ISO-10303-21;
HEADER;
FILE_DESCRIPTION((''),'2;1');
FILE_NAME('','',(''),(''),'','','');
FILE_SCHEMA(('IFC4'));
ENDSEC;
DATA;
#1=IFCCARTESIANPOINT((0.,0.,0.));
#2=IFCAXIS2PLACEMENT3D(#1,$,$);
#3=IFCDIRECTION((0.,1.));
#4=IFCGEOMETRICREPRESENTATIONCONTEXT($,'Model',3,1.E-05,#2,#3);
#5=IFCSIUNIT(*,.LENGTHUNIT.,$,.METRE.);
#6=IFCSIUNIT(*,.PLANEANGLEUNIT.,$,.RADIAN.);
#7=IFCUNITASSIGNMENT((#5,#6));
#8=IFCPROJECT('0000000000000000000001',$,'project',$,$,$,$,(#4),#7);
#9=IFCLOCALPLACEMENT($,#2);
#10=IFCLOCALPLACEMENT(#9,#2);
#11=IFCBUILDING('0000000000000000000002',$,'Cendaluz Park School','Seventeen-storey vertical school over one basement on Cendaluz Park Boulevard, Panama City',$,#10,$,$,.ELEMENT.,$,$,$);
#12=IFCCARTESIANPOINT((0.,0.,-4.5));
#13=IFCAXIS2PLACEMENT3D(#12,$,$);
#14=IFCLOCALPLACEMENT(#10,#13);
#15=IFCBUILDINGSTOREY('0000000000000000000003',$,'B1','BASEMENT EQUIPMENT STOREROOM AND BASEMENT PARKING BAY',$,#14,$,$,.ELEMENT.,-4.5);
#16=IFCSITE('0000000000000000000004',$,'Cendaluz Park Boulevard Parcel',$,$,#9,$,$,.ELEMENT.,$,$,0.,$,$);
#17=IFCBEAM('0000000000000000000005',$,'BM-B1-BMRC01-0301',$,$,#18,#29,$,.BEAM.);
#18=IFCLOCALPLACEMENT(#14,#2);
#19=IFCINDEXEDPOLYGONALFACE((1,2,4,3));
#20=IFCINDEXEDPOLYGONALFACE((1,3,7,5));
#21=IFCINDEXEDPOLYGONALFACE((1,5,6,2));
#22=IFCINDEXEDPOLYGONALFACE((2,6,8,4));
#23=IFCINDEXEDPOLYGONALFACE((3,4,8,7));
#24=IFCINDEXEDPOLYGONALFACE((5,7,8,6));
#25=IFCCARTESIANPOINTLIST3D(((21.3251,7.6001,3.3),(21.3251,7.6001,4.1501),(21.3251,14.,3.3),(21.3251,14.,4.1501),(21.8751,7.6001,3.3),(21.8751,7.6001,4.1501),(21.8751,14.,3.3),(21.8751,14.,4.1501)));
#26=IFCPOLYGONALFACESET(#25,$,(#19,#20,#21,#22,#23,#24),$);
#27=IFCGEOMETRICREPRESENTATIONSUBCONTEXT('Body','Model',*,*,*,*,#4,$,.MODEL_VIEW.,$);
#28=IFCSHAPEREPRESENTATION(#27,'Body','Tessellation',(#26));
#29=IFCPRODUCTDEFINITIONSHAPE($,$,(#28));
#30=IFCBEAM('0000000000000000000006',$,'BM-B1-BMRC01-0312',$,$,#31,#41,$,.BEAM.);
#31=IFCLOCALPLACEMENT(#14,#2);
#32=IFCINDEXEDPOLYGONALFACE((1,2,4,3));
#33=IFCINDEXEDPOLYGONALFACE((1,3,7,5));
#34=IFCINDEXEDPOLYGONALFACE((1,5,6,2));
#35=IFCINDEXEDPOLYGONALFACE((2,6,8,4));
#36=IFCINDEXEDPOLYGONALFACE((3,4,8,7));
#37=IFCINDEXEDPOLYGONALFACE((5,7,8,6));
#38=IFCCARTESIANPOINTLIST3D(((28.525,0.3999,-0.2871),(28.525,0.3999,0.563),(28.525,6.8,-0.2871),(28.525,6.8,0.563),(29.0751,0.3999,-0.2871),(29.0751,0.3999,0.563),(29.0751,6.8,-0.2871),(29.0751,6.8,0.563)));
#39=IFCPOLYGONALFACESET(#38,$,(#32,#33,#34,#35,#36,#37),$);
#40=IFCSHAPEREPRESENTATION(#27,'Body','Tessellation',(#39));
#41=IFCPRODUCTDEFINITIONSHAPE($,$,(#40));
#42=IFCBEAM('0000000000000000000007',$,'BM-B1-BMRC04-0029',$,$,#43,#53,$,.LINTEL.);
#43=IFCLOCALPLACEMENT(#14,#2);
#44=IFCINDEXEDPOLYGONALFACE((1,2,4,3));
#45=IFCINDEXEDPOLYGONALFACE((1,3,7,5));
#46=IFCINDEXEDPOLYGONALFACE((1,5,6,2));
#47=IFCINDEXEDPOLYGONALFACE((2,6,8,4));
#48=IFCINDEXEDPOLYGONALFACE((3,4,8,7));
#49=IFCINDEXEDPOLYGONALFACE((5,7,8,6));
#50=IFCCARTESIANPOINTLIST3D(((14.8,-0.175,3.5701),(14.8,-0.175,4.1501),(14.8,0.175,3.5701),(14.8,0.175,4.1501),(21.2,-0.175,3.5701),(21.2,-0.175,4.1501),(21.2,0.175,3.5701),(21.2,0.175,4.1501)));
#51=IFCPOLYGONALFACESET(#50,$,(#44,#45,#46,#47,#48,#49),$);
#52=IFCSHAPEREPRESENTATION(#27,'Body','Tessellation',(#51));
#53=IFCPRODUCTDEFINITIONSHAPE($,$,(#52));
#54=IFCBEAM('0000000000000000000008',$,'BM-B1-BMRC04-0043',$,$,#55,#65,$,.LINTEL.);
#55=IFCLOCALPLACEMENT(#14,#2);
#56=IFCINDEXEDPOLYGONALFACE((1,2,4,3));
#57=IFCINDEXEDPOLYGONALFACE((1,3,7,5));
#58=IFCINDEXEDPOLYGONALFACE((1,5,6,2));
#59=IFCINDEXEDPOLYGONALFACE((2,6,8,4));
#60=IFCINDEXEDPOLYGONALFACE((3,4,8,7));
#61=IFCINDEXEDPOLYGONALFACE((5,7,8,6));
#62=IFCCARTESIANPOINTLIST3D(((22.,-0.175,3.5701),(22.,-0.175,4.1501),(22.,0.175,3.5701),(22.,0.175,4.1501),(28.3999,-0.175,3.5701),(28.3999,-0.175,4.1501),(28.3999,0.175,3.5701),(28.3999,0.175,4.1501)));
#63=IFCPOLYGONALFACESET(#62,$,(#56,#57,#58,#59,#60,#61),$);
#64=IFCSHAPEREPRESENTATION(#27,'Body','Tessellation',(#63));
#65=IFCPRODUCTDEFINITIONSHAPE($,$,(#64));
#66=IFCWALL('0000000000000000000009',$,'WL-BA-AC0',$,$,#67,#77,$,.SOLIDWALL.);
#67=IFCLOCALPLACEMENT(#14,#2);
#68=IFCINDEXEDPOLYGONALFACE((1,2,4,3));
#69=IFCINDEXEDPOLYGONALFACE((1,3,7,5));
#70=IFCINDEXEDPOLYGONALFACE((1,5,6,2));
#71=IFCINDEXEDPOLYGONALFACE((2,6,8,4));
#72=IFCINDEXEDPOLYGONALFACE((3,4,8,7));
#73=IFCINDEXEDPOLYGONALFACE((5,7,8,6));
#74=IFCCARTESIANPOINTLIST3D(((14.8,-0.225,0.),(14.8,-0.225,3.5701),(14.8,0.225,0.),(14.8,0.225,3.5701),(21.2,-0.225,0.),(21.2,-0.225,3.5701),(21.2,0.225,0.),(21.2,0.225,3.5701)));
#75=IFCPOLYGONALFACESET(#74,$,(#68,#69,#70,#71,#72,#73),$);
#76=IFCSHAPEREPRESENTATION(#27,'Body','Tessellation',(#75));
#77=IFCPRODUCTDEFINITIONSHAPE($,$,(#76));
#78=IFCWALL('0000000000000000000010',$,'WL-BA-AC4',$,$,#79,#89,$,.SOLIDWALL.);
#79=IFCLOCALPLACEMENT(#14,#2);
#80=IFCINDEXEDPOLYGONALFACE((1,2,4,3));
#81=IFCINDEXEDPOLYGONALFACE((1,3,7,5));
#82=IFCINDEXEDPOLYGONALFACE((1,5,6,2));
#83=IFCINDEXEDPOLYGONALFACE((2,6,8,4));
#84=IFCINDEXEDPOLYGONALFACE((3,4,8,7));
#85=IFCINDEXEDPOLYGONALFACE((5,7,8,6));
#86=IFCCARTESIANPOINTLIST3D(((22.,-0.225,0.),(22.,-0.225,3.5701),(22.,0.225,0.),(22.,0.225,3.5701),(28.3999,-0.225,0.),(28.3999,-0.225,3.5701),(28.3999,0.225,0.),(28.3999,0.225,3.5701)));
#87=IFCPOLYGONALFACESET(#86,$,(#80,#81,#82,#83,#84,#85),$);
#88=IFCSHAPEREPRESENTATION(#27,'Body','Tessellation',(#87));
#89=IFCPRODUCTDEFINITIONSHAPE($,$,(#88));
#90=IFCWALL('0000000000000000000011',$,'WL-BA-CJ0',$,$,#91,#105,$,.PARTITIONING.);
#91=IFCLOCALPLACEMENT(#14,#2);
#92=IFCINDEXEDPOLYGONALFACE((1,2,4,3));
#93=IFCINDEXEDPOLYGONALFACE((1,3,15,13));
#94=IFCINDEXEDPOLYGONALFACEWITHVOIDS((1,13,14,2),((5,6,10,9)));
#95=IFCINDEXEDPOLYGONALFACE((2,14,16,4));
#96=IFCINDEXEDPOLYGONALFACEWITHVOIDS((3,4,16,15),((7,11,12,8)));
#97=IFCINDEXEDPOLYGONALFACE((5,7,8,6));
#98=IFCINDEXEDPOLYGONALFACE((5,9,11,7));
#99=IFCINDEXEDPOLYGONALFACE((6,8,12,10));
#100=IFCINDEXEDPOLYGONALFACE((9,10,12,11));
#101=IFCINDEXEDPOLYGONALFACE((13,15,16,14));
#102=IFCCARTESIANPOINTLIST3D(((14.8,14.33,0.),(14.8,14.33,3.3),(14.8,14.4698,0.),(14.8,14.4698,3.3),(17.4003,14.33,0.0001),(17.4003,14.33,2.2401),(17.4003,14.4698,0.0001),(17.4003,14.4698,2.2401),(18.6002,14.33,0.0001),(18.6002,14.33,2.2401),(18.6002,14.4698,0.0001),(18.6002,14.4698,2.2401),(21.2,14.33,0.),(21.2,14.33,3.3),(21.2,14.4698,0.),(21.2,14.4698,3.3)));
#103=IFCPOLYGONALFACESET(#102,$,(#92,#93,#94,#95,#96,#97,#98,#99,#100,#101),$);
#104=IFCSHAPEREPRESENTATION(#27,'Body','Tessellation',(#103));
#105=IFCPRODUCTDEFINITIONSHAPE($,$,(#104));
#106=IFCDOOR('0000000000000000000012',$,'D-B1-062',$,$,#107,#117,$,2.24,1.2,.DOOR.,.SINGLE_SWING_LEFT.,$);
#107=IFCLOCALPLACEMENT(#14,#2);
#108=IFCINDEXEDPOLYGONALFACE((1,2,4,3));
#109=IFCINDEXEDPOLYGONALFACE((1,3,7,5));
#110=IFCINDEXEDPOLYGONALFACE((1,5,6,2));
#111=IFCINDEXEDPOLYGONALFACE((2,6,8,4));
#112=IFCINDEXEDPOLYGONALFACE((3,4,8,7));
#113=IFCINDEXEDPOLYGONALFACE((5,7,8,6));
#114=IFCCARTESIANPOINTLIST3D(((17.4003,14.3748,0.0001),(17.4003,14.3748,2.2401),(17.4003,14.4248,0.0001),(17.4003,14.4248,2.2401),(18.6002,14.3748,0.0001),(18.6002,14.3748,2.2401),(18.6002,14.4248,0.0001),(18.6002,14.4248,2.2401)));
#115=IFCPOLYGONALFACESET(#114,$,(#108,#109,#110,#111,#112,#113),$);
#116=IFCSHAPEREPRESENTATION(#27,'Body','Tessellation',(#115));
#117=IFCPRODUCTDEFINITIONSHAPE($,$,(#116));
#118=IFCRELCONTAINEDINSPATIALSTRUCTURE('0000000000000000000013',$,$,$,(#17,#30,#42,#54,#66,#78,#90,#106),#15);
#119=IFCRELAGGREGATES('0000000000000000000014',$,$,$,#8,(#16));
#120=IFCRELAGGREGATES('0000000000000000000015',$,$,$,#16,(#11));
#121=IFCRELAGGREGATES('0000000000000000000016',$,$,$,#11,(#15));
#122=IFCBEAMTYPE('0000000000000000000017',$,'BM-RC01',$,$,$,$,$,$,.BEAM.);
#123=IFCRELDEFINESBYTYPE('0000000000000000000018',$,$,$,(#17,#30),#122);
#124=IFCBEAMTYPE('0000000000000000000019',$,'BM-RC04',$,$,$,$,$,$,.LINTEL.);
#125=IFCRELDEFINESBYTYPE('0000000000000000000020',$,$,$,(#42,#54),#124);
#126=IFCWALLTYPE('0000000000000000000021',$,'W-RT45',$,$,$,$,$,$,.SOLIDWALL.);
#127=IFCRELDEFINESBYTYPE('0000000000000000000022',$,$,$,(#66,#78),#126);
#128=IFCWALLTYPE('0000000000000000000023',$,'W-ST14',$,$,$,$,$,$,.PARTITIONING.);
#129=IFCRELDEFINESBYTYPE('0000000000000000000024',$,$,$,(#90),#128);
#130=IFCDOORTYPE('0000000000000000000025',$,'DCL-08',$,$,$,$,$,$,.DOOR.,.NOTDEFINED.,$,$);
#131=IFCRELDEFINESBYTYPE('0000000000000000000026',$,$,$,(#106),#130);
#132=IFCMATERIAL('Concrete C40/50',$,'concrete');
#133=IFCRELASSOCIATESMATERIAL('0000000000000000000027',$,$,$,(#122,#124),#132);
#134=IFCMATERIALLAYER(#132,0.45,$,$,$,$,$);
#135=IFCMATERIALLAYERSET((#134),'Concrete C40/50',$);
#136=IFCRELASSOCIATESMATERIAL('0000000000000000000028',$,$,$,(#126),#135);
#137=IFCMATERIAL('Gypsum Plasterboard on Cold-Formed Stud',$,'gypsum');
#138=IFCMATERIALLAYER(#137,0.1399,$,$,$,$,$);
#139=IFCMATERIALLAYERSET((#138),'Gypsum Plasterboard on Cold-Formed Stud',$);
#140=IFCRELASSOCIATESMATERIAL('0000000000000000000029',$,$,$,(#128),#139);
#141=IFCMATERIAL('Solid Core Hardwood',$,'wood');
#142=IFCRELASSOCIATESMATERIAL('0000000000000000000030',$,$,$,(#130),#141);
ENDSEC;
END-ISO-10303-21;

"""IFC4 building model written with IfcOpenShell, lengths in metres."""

from ifc_helpers import new_model, si_unit, direction, frame, frame_2d, origin, origin_2d, place, context, subcontext, project, spatial, rectangle, extrude, material, layer, layer_set, material_profile, profile_set, type_object, element, fill, save


model = new_model("IFC4")

# Units and contexts
model_context = context("Model", 3, precision=1e-05, world=origin(), true_north=direction((0.0, 1.0)))
body_context = subcontext(model_context, "Body", "Model", "MODEL_VIEW")
ifc_project = project(units=[si_unit("LENGTHUNIT", "METRE"), si_unit("PLANEANGLEUNIT", "RADIAN")], contexts=[model_context])

# Site, building, storey
site_placement = place(None, origin())
site = spatial("IfcSite", under=ifc_project, at=site_placement, Name="Cendaluz Park Boulevard Parcel", CompositionType="ELEMENT", RefElevation=0.0)
building_placement = place(site_placement, origin())
building = spatial("IfcBuilding", under=site, at=building_placement, Name="Cendaluz Park School", Description="Seventeen-storey vertical school over one basement on Cendaluz Park Boulevard, Panama City", CompositionType="ELEMENT")
storey_placement = place(building_placement, frame((0.0, 0.0, -4.5)))
storey = spatial("IfcBuildingStorey", under=building, at=storey_placement, Name="B1", Description="BASEMENT EQUIPMENT STOREROOM AND BASEMENT PARKING BAY", CompositionType="ELEMENT", Elevation=-4.5)

# Shared definitions
ifc_material_1 = material(Name="Concrete C40/50", Category="concrete")

# Beams
ifc_material_profile_1 = material_profile(ifc_material_1, rectangle(XDim=0.55, YDim=0.8501, at=origin_2d()), Name="RC 550x850", Category="concrete")
ifc_profile_set_1 = profile_set([ifc_material_profile_1], Name="Concrete C40/50")
beam_type_1 = type_object("IfcBeamType", Name="BM-RC01", PredefinedType="BEAM", material=ifc_profile_set_1)
beam_1_placement = place(storey_placement, frame((21.6001, 7.6001, 3.7251), z_axis=(0.0, 1.0, 0.0), x_axis=(-1.0, 0.0, 0.0)))
element("IfcBeam", 1, at=beam_1_placement, inside=storey, type_object=beam_type_1, Name="BM-B1-BMRC01-0301", PredefinedType="BEAM", context=body_context, shape_type="SweptSolid", body=[
    extrude(rectangle(XDim=0.55, YDim=0.8501, at=origin_2d()), origin(), (0.0, 0.0, 1.0), 6.3999),
])
beam_2_placement = place(storey_placement, frame((28.8, 0.3999, 0.1379), z_axis=(0.0, 1.0, 0.0), x_axis=(-1.0, 0.0, 0.0)))
element("IfcBeam", 2, at=beam_2_placement, inside=storey, type_object=beam_type_1, Name="BM-B1-BMRC01-0312", PredefinedType="BEAM", context=body_context, shape_type="SweptSolid", body=[
    extrude(rectangle(XDim=0.55, YDim=0.8501, at=origin_2d()), origin(), (0.0, 0.0, 1.0), 6.4001),
])
ifc_material_profile_2 = material_profile(ifc_material_1, rectangle(XDim=0.3501, YDim=0.5801, at=origin_2d()), Name="RC 350x580", Category="concrete")
ifc_profile_set_2 = profile_set([ifc_material_profile_2], Name="Concrete C40/50")
beam_type_2 = type_object("IfcBeamType", Name="BM-RC04", PredefinedType="LINTEL", material=ifc_profile_set_2)
for number, where, z_axis, x_axis, name in (
    (3, (14.8, 0.0, 3.8601), (1.0, 0.0, 0.0), (0.0, 1.0, 0.0), "BM-B1-BMRC04-0029"),
    (4, (22.0, 0.0, 3.8601), (1.0, 0.0, 0.0), (0.0, 1.0, 0.0), "BM-B1-BMRC04-0043"),
):
    element("IfcBeam", number, at=place(storey_placement, frame(where, z_axis=z_axis, x_axis=x_axis)), inside=storey, type_object=beam_type_2, Name=name, PredefinedType="LINTEL", context=body_context, shape_type="SweptSolid", body=[
        extrude(rectangle(XDim=0.3501, YDim=0.5801, at=origin_2d()), origin(), (0.0, 0.0, 1.0), 6.3999),
    ])

# Walls
ifc_layer_1 = layer(ifc_material_1, 0.45)
ifc_layer_set_1 = layer_set([ifc_layer_1], Name="Concrete C40/50")
wall_type_1 = type_object("IfcWallType", Name="W-RT45", PredefinedType="SOLIDWALL", material=ifc_layer_set_1)
for number, where, z_axis, x_axis, name in (
    (5, (14.8, 0.0, 0.0), (0.0, 0.0, 1.0), (1.0, 0.0, 0.0), "WL-BA-AC0"),
    (6, (22.0, 0.0, 0.0), (0.0, 0.0, 1.0), (1.0, 0.0, 0.0), "WL-BA-AC4"),
):
    element("IfcWall", number, at=place(storey_placement, frame(where, z_axis=z_axis, x_axis=x_axis)), inside=storey, type_object=wall_type_1, Name=name, PredefinedType="SOLIDWALL", context=body_context, shape_type="SweptSolid", body=[
        extrude(rectangle(XDim=6.3999, YDim=0.45, at=frame_2d((3.2, 0.0))), origin(), (0.0, 0.0, 1.0), 3.5701),
    ])

# Wall, opening, door
ifc_material_2 = material(Name="Gypsum Plasterboard on Cold-Formed Stud", Category="gypsum")
ifc_layer_2 = layer(ifc_material_2, 0.1399)
ifc_layer_set_2 = layer_set([ifc_layer_2], Name="Gypsum Plasterboard on Cold-Formed Stud")
wall_type_2 = type_object("IfcWallType", Name="W-ST14", PredefinedType="PARTITIONING", material=ifc_layer_set_2)
wall_placement = place(storey_placement, frame((14.8, 14.3999, 0.0), z_axis=(0.0, 0.0, 1.0), x_axis=(1.0, 0.0, 0.0)))
wall = element("IfcWall", 7, at=wall_placement, inside=storey, type_object=wall_type_2, Name="WL-BA-CJ0", PredefinedType="PARTITIONING", context=body_context, shape_type="SweptSolid", body=[
    extrude(rectangle(XDim=6.3999, YDim=0.1399, at=frame_2d((3.2, 0.0))), origin(), (0.0, 0.0, 1.0), 3.3),
])
opening_placement = place(wall_placement, frame((2.6001, 0.0, 0.0)))
opening = element("IfcOpeningElement", 8, at=opening_placement, cuts=wall, PredefinedType="OPENING", context=body_context, shape_type="SweptSolid", body=[
    extrude(rectangle(XDim=1.2, YDim=2.24, at=frame_2d((0.6001, 1.1201))), frame((0.0, 0.082, 0.0), z_axis=(0.0, -1.0, 0.0), x_axis=(1.0, 0.0, 0.0)), (0.0, 0.0, 1.0), 0.1638),
])
ifc_material_3 = material(Name="Solid Core Hardwood", Category="wood")
door_type = type_object("IfcDoorType", Name="DCL-08", OperationType="NOTDEFINED", PredefinedType="DOOR", material=ifc_material_3)
door_placement = place(opening_placement, origin())
door = element("IfcDoor", 9, at=door_placement, inside=storey, type_object=door_type, Name="D-B1-062", OperationType="SINGLE_SWING_LEFT", OverallHeight=2.24, OverallWidth=1.2, PredefinedType="DOOR", context=body_context, shape_type="SweptSolid", body=[
    extrude(rectangle(XDim=1.2, YDim=2.24, at=frame_2d((0.6001, 1.1201))), frame((0.0, 0.0249, 0.0), z_axis=(0.0, -1.0, 0.0), x_axis=(1.0, 0.0, 0.0)), (0.0, 0.0, 1.0), 0.05),
])
fill(opening, door)

save(model, "model.ifc")
